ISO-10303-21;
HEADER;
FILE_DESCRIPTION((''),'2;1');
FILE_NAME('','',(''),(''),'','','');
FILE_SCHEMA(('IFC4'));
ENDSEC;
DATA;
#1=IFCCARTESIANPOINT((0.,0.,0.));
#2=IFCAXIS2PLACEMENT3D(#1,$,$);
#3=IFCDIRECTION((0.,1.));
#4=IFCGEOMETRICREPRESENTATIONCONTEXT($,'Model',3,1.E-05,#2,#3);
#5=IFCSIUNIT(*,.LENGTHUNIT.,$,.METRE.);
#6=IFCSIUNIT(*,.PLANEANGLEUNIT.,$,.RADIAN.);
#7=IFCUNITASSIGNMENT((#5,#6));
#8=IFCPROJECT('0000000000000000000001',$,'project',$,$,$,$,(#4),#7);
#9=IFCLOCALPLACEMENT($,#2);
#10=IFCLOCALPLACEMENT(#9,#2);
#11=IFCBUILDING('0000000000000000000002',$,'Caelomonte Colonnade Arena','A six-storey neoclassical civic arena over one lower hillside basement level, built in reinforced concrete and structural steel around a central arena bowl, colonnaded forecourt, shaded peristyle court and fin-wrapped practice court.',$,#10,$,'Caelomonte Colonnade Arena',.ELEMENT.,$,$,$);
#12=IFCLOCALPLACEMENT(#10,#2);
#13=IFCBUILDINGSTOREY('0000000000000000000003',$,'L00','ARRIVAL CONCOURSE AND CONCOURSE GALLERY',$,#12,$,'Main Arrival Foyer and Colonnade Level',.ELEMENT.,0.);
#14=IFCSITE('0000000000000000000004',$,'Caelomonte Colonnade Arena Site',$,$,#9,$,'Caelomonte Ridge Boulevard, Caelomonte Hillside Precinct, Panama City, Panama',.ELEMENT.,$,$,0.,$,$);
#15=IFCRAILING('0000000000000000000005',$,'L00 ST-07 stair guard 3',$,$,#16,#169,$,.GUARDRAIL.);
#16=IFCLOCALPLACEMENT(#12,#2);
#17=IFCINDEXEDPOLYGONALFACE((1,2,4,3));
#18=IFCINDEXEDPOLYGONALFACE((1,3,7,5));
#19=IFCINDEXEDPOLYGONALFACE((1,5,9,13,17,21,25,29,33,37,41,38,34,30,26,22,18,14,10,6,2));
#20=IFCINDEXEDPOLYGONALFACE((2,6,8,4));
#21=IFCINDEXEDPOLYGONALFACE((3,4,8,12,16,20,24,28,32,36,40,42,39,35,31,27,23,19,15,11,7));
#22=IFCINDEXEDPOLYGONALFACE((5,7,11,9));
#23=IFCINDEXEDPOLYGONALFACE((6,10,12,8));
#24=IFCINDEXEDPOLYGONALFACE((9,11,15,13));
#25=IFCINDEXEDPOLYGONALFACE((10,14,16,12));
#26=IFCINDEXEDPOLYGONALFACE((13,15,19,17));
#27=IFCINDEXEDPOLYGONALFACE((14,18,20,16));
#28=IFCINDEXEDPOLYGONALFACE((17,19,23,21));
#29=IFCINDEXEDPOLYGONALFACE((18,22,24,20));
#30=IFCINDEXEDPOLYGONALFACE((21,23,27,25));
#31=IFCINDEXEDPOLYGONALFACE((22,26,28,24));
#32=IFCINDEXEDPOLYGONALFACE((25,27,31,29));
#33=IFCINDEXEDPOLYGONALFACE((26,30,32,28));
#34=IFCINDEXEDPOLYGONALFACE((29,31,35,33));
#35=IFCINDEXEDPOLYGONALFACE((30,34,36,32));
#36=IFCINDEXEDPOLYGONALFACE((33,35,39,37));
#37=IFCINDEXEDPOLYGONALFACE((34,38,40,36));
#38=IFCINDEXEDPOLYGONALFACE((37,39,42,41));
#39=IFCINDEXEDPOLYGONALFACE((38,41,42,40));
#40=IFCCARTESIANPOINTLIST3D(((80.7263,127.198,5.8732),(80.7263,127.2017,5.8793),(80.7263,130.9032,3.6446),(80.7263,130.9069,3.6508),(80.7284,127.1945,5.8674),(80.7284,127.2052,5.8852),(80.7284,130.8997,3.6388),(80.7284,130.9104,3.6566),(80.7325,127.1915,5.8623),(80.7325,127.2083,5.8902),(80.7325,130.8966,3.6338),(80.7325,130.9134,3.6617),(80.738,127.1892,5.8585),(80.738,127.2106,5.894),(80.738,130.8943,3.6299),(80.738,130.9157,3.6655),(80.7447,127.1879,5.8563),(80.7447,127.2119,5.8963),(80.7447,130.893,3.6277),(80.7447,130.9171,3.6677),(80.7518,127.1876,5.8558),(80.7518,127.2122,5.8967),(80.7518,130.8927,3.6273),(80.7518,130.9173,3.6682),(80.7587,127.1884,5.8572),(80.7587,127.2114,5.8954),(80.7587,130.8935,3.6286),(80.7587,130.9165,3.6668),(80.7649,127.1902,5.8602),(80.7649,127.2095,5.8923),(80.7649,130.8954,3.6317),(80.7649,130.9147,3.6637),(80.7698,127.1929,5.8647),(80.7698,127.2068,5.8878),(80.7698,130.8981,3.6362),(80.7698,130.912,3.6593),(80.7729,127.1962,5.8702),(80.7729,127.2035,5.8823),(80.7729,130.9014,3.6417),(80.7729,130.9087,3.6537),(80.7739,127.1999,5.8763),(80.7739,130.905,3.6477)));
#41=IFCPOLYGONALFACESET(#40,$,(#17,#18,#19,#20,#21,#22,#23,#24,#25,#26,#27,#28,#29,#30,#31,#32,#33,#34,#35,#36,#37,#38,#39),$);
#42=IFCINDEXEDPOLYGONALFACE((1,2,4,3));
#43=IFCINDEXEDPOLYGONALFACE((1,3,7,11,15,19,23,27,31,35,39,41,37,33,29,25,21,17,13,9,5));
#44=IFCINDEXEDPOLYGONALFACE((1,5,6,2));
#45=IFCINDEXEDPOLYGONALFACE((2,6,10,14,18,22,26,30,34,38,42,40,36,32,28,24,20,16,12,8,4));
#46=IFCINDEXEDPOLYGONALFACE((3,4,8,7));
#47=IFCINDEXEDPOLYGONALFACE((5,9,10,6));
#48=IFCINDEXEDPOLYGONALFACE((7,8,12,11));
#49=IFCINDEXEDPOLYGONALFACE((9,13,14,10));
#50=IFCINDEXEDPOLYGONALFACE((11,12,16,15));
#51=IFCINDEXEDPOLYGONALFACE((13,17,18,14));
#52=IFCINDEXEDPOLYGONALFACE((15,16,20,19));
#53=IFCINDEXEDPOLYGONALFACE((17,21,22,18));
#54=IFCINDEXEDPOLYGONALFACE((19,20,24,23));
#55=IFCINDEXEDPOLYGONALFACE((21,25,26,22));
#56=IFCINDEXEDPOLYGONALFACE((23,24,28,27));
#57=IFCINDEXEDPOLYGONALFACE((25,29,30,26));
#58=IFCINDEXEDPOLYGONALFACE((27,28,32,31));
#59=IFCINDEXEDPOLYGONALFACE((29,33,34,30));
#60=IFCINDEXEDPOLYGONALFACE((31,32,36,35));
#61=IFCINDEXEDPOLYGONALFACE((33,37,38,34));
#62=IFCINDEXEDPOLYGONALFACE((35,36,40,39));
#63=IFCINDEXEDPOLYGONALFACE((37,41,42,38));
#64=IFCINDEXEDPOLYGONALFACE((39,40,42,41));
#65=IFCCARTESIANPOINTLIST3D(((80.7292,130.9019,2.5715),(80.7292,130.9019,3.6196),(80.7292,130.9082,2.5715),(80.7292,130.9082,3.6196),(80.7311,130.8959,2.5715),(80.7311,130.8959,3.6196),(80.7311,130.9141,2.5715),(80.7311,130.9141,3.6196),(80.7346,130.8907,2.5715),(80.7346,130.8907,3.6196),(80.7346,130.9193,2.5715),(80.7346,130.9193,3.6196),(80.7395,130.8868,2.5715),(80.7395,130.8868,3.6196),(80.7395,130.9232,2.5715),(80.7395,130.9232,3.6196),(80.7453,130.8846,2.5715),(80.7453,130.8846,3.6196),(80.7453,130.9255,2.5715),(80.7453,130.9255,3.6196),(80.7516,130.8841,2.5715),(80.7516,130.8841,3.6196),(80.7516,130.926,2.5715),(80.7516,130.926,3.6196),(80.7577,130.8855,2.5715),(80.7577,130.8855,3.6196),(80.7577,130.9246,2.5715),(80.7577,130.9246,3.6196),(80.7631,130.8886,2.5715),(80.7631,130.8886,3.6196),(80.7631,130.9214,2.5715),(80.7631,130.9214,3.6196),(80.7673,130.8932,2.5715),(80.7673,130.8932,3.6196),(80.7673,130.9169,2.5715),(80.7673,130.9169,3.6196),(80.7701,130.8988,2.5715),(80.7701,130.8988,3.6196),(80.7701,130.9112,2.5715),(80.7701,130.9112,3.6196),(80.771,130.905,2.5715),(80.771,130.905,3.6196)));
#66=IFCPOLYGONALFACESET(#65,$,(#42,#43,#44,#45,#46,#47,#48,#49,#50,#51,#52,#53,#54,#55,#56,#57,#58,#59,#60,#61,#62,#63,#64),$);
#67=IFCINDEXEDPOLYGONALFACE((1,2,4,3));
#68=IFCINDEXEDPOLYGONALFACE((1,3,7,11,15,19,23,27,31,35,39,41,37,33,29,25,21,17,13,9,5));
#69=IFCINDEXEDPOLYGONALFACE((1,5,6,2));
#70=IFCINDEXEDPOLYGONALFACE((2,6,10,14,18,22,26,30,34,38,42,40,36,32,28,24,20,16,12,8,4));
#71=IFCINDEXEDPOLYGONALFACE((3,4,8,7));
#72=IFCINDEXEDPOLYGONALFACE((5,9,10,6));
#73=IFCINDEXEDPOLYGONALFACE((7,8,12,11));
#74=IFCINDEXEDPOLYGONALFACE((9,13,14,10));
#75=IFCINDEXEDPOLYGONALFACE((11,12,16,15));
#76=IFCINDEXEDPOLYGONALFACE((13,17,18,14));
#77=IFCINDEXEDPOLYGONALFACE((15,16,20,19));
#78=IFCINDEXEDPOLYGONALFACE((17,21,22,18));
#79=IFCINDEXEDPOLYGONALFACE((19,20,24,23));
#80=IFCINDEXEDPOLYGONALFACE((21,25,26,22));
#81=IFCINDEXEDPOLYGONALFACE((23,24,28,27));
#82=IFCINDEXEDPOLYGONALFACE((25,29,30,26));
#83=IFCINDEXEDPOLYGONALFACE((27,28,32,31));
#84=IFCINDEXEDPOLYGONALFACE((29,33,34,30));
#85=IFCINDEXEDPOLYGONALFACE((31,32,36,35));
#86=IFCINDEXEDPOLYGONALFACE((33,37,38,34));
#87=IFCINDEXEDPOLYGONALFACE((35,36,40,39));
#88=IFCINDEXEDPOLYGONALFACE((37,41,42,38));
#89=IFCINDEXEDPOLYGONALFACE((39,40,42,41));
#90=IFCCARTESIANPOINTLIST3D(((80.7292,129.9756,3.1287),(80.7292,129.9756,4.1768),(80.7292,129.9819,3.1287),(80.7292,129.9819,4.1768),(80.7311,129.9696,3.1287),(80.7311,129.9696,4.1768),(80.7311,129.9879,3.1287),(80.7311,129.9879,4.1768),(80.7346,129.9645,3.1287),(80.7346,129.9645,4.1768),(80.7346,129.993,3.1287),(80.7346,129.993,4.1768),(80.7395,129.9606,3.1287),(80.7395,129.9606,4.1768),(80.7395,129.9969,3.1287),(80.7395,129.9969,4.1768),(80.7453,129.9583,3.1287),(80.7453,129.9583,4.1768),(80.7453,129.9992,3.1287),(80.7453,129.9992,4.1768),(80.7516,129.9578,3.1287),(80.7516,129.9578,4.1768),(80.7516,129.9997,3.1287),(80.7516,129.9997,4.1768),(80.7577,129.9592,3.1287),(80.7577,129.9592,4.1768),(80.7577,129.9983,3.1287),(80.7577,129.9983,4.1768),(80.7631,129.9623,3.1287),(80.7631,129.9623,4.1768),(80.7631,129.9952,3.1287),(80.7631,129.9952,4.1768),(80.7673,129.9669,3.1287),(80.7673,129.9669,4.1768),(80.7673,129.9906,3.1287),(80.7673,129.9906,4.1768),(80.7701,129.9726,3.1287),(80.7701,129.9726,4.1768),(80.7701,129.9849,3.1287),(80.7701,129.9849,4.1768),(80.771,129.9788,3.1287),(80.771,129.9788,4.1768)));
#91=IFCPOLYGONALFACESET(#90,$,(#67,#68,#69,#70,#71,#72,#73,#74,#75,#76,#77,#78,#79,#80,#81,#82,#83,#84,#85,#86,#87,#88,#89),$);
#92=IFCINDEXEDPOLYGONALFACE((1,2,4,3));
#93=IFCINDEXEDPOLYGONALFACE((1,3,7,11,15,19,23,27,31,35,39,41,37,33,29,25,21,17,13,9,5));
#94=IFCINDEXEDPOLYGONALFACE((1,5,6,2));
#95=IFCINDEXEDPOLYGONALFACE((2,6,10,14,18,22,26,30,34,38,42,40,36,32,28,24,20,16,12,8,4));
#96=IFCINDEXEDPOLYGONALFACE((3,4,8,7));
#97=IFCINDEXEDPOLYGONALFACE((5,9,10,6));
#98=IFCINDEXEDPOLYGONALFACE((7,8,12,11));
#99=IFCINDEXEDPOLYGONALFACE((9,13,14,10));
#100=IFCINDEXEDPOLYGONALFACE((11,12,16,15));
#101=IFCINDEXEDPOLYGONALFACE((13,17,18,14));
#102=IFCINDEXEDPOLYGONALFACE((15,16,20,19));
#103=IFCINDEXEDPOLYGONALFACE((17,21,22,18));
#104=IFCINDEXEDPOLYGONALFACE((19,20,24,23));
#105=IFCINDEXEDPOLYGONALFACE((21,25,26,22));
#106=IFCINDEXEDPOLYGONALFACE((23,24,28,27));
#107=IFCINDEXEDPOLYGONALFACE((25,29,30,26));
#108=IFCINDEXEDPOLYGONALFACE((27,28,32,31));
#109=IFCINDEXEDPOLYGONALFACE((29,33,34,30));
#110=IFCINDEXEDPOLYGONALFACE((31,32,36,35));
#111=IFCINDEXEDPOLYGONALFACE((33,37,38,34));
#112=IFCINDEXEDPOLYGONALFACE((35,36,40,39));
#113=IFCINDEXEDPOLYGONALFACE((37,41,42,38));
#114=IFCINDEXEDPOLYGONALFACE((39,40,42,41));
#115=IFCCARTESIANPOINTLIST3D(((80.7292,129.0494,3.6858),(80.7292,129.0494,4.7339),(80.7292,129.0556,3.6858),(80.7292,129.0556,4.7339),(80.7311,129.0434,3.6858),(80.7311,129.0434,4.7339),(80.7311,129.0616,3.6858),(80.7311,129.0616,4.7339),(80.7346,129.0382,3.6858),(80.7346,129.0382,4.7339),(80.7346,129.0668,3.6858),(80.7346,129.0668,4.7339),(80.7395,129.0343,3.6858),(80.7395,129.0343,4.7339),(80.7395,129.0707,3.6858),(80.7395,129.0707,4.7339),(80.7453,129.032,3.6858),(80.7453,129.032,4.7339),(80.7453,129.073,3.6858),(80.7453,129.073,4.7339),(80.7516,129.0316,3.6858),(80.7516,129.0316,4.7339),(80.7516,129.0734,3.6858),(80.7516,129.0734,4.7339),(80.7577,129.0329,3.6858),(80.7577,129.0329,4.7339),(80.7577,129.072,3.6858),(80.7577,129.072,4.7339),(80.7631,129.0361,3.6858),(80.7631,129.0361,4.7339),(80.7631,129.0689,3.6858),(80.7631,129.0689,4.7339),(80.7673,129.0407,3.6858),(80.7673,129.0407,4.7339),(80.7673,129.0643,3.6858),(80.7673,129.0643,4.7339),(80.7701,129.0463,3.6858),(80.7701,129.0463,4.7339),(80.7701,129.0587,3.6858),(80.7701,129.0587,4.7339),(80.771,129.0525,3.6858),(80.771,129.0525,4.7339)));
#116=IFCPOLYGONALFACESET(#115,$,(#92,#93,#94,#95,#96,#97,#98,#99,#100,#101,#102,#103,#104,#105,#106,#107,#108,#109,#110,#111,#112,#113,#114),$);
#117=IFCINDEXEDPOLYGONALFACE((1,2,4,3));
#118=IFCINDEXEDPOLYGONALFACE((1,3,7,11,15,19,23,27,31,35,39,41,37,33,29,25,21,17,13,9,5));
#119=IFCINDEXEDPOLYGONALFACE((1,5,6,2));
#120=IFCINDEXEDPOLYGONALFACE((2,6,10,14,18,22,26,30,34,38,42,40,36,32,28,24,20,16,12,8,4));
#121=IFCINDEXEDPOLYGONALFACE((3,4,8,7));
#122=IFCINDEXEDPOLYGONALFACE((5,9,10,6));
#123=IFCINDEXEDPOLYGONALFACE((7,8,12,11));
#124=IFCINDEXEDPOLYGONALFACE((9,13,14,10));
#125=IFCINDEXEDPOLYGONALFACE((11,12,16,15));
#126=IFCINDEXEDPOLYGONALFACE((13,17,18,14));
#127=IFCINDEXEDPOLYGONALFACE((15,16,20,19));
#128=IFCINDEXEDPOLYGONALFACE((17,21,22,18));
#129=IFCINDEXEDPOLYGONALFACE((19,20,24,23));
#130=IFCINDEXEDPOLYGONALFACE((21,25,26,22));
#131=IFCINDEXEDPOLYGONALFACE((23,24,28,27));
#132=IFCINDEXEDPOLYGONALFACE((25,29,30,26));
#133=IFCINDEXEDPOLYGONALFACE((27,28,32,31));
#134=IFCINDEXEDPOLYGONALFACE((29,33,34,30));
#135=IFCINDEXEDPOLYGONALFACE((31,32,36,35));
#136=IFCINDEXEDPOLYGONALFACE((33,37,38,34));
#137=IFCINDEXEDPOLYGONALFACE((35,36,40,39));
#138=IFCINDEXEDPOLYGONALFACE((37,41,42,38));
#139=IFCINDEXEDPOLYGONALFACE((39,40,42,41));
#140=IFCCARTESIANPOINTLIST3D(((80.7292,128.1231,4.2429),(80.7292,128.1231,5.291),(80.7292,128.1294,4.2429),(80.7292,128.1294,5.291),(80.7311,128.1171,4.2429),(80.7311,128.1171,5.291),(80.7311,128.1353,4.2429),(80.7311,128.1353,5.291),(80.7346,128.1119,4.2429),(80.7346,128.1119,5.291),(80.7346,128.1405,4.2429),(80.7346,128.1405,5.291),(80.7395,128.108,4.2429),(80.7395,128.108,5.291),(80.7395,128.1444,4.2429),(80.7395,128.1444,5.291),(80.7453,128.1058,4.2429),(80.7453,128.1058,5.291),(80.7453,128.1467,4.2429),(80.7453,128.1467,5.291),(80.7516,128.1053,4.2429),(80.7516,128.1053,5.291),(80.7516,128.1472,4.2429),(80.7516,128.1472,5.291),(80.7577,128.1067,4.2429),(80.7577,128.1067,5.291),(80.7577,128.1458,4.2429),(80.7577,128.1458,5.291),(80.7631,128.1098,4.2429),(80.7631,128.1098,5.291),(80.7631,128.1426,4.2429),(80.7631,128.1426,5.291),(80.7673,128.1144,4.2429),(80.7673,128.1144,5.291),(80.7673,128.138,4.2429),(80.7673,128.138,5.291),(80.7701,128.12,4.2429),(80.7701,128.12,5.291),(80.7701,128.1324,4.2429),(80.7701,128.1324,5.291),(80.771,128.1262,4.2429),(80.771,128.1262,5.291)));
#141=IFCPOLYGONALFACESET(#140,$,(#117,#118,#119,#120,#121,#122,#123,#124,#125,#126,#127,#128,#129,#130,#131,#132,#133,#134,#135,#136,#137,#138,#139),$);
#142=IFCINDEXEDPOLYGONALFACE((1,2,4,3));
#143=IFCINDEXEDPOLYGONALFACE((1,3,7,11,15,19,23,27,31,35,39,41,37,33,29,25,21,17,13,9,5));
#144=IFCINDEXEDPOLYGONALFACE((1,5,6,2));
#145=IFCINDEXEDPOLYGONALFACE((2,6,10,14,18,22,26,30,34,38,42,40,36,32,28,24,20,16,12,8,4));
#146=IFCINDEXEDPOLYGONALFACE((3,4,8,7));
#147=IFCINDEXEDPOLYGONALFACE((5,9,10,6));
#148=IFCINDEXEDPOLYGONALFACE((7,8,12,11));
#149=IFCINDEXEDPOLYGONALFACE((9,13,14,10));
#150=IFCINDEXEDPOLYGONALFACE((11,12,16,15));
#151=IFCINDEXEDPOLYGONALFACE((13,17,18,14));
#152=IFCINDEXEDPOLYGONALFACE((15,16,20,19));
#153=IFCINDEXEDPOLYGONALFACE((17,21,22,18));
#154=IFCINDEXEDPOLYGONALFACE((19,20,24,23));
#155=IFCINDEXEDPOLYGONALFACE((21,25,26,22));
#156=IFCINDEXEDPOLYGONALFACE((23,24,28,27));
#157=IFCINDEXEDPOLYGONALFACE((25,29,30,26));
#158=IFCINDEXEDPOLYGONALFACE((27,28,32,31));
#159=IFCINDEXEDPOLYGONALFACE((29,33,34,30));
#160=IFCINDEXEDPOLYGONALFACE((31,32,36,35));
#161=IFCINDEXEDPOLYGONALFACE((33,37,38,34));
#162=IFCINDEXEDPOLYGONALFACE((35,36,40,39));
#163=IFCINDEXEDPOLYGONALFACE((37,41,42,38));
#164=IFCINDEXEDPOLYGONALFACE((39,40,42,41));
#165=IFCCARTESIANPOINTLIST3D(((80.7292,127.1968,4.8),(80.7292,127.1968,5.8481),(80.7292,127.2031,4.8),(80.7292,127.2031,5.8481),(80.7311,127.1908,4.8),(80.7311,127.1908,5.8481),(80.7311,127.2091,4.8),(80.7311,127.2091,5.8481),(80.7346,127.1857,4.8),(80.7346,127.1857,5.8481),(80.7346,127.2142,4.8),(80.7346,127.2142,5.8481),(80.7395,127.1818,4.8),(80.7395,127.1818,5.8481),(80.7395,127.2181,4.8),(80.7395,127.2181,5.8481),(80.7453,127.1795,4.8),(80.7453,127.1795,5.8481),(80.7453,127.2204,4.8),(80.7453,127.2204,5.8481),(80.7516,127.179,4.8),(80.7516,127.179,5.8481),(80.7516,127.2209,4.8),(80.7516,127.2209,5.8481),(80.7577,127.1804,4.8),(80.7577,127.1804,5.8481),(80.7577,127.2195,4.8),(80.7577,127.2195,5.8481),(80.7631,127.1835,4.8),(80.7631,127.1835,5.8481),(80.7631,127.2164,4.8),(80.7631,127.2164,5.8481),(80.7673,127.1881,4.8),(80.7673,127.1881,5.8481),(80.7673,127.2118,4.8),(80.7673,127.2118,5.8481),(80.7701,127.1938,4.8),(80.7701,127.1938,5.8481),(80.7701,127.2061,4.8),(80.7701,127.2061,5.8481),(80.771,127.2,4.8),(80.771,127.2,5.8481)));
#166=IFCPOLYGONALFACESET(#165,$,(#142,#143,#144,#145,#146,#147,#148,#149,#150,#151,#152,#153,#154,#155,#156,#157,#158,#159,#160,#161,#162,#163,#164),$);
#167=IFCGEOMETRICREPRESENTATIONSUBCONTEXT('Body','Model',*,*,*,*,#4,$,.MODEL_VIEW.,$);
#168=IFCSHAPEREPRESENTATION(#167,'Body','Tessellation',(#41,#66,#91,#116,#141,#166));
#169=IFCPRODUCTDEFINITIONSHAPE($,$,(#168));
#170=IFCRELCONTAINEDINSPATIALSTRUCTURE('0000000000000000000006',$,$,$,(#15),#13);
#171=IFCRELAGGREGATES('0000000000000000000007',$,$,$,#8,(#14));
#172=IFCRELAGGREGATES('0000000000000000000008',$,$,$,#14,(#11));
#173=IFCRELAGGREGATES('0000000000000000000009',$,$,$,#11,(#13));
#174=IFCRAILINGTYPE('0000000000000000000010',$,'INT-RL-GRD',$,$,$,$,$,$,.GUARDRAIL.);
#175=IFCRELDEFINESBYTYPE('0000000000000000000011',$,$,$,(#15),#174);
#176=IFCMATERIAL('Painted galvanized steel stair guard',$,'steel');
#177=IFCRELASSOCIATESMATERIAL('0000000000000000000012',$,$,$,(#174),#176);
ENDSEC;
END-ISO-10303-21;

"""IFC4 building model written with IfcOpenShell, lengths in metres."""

from ifc_helpers import new_model, si_unit, direction, frame, origin, origin_2d, place, context, subcontext, project, spatial, circle, extrude, material, type_object, element, save


model = new_model("IFC4")

# Units and contexts
model_context = context("Model", 3, precision=1e-05, world=origin(), true_north=direction((0.0, 1.0)))
body_context = subcontext(model_context, "Body", "Model", "MODEL_VIEW")
ifc_project = project(units=[si_unit("LENGTHUNIT", "METRE"), si_unit("PLANEANGLEUNIT", "RADIAN")], contexts=[model_context])

# Site, building, storey
site_placement = place(None, origin())
site = spatial("IfcSite", under=ifc_project, at=site_placement, Name="Caelomonte Colonnade Arena Site", LongName="Caelomonte Ridge Boulevard, Caelomonte Hillside Precinct, Panama City, Panama", CompositionType="ELEMENT", RefElevation=0.0)
building_placement = place(site_placement, origin())
building = spatial("IfcBuilding", under=site, at=building_placement, Name="Caelomonte Colonnade Arena", Description="A six-storey neoclassical civic arena over one lower hillside basement level, built in reinforced concrete and structural steel around a central arena bowl, colonnaded forecourt, shaded peristyle court and fin-wrapped practice court.", LongName="Caelomonte Colonnade Arena", CompositionType="ELEMENT")
storey_placement = place(building_placement, origin())
storey = spatial("IfcBuildingStorey", under=building, at=storey_placement, Name="L00", Description="ARRIVAL CONCOURSE AND CONCOURSE GALLERY", LongName="Main Arrival Foyer and Colonnade Level", CompositionType="ELEMENT", Elevation=0.0)

# Railing
ifc_material_1 = material(Name="Painted galvanized steel stair guard", Category="steel")
railing_type_1 = type_object("IfcRailingType", Name="INT-RL-GRD", PredefinedType="GUARDRAIL", material=ifc_material_1)
railing_1_placement = place(storey_placement, frame((80.75, 130.905, 2.5715)))
element("IfcRailing", 1, at=railing_1_placement, inside=storey, type_object=railing_type_1, Name="L00 ST-07 stair guard 3", PredefinedType="GUARDRAIL", context=body_context, shape_type="SweptSolid", body=[
    extrude(circle(Radius=0.0239, at=origin_2d()), frame((0.0, 0.0, 1.0762), z_axis=(0.0, -0.856934, 0.515425), x_axis=(1.0, 0.0, 0.0)), (0.0, 0.0, 1.0), 4.3237),
    extrude(circle(Radius=0.021, at=origin_2d()), origin(), (0.0, 0.0, 1.0), 1.0481),
    extrude(circle(Radius=0.021, at=origin_2d()), frame((0.0, -0.9263, 0.5571)), (0.0, 0.0, 1.0), 1.0481),
    extrude(circle(Radius=0.021, at=origin_2d()), frame((0.0, -1.8525, 1.1143)), (0.0, 0.0, 1.0), 1.0481),
    extrude(circle(Radius=0.021, at=origin_2d()), frame((0.0, -2.7788, 1.6714)), (0.0, 0.0, 1.0), 1.0481),
    extrude(circle(Radius=0.021, at=origin_2d()), frame((0.0, -3.7051, 2.2285)), (0.0, 0.0, 1.0), 1.0481),
])

save(model, "model.ifc")
